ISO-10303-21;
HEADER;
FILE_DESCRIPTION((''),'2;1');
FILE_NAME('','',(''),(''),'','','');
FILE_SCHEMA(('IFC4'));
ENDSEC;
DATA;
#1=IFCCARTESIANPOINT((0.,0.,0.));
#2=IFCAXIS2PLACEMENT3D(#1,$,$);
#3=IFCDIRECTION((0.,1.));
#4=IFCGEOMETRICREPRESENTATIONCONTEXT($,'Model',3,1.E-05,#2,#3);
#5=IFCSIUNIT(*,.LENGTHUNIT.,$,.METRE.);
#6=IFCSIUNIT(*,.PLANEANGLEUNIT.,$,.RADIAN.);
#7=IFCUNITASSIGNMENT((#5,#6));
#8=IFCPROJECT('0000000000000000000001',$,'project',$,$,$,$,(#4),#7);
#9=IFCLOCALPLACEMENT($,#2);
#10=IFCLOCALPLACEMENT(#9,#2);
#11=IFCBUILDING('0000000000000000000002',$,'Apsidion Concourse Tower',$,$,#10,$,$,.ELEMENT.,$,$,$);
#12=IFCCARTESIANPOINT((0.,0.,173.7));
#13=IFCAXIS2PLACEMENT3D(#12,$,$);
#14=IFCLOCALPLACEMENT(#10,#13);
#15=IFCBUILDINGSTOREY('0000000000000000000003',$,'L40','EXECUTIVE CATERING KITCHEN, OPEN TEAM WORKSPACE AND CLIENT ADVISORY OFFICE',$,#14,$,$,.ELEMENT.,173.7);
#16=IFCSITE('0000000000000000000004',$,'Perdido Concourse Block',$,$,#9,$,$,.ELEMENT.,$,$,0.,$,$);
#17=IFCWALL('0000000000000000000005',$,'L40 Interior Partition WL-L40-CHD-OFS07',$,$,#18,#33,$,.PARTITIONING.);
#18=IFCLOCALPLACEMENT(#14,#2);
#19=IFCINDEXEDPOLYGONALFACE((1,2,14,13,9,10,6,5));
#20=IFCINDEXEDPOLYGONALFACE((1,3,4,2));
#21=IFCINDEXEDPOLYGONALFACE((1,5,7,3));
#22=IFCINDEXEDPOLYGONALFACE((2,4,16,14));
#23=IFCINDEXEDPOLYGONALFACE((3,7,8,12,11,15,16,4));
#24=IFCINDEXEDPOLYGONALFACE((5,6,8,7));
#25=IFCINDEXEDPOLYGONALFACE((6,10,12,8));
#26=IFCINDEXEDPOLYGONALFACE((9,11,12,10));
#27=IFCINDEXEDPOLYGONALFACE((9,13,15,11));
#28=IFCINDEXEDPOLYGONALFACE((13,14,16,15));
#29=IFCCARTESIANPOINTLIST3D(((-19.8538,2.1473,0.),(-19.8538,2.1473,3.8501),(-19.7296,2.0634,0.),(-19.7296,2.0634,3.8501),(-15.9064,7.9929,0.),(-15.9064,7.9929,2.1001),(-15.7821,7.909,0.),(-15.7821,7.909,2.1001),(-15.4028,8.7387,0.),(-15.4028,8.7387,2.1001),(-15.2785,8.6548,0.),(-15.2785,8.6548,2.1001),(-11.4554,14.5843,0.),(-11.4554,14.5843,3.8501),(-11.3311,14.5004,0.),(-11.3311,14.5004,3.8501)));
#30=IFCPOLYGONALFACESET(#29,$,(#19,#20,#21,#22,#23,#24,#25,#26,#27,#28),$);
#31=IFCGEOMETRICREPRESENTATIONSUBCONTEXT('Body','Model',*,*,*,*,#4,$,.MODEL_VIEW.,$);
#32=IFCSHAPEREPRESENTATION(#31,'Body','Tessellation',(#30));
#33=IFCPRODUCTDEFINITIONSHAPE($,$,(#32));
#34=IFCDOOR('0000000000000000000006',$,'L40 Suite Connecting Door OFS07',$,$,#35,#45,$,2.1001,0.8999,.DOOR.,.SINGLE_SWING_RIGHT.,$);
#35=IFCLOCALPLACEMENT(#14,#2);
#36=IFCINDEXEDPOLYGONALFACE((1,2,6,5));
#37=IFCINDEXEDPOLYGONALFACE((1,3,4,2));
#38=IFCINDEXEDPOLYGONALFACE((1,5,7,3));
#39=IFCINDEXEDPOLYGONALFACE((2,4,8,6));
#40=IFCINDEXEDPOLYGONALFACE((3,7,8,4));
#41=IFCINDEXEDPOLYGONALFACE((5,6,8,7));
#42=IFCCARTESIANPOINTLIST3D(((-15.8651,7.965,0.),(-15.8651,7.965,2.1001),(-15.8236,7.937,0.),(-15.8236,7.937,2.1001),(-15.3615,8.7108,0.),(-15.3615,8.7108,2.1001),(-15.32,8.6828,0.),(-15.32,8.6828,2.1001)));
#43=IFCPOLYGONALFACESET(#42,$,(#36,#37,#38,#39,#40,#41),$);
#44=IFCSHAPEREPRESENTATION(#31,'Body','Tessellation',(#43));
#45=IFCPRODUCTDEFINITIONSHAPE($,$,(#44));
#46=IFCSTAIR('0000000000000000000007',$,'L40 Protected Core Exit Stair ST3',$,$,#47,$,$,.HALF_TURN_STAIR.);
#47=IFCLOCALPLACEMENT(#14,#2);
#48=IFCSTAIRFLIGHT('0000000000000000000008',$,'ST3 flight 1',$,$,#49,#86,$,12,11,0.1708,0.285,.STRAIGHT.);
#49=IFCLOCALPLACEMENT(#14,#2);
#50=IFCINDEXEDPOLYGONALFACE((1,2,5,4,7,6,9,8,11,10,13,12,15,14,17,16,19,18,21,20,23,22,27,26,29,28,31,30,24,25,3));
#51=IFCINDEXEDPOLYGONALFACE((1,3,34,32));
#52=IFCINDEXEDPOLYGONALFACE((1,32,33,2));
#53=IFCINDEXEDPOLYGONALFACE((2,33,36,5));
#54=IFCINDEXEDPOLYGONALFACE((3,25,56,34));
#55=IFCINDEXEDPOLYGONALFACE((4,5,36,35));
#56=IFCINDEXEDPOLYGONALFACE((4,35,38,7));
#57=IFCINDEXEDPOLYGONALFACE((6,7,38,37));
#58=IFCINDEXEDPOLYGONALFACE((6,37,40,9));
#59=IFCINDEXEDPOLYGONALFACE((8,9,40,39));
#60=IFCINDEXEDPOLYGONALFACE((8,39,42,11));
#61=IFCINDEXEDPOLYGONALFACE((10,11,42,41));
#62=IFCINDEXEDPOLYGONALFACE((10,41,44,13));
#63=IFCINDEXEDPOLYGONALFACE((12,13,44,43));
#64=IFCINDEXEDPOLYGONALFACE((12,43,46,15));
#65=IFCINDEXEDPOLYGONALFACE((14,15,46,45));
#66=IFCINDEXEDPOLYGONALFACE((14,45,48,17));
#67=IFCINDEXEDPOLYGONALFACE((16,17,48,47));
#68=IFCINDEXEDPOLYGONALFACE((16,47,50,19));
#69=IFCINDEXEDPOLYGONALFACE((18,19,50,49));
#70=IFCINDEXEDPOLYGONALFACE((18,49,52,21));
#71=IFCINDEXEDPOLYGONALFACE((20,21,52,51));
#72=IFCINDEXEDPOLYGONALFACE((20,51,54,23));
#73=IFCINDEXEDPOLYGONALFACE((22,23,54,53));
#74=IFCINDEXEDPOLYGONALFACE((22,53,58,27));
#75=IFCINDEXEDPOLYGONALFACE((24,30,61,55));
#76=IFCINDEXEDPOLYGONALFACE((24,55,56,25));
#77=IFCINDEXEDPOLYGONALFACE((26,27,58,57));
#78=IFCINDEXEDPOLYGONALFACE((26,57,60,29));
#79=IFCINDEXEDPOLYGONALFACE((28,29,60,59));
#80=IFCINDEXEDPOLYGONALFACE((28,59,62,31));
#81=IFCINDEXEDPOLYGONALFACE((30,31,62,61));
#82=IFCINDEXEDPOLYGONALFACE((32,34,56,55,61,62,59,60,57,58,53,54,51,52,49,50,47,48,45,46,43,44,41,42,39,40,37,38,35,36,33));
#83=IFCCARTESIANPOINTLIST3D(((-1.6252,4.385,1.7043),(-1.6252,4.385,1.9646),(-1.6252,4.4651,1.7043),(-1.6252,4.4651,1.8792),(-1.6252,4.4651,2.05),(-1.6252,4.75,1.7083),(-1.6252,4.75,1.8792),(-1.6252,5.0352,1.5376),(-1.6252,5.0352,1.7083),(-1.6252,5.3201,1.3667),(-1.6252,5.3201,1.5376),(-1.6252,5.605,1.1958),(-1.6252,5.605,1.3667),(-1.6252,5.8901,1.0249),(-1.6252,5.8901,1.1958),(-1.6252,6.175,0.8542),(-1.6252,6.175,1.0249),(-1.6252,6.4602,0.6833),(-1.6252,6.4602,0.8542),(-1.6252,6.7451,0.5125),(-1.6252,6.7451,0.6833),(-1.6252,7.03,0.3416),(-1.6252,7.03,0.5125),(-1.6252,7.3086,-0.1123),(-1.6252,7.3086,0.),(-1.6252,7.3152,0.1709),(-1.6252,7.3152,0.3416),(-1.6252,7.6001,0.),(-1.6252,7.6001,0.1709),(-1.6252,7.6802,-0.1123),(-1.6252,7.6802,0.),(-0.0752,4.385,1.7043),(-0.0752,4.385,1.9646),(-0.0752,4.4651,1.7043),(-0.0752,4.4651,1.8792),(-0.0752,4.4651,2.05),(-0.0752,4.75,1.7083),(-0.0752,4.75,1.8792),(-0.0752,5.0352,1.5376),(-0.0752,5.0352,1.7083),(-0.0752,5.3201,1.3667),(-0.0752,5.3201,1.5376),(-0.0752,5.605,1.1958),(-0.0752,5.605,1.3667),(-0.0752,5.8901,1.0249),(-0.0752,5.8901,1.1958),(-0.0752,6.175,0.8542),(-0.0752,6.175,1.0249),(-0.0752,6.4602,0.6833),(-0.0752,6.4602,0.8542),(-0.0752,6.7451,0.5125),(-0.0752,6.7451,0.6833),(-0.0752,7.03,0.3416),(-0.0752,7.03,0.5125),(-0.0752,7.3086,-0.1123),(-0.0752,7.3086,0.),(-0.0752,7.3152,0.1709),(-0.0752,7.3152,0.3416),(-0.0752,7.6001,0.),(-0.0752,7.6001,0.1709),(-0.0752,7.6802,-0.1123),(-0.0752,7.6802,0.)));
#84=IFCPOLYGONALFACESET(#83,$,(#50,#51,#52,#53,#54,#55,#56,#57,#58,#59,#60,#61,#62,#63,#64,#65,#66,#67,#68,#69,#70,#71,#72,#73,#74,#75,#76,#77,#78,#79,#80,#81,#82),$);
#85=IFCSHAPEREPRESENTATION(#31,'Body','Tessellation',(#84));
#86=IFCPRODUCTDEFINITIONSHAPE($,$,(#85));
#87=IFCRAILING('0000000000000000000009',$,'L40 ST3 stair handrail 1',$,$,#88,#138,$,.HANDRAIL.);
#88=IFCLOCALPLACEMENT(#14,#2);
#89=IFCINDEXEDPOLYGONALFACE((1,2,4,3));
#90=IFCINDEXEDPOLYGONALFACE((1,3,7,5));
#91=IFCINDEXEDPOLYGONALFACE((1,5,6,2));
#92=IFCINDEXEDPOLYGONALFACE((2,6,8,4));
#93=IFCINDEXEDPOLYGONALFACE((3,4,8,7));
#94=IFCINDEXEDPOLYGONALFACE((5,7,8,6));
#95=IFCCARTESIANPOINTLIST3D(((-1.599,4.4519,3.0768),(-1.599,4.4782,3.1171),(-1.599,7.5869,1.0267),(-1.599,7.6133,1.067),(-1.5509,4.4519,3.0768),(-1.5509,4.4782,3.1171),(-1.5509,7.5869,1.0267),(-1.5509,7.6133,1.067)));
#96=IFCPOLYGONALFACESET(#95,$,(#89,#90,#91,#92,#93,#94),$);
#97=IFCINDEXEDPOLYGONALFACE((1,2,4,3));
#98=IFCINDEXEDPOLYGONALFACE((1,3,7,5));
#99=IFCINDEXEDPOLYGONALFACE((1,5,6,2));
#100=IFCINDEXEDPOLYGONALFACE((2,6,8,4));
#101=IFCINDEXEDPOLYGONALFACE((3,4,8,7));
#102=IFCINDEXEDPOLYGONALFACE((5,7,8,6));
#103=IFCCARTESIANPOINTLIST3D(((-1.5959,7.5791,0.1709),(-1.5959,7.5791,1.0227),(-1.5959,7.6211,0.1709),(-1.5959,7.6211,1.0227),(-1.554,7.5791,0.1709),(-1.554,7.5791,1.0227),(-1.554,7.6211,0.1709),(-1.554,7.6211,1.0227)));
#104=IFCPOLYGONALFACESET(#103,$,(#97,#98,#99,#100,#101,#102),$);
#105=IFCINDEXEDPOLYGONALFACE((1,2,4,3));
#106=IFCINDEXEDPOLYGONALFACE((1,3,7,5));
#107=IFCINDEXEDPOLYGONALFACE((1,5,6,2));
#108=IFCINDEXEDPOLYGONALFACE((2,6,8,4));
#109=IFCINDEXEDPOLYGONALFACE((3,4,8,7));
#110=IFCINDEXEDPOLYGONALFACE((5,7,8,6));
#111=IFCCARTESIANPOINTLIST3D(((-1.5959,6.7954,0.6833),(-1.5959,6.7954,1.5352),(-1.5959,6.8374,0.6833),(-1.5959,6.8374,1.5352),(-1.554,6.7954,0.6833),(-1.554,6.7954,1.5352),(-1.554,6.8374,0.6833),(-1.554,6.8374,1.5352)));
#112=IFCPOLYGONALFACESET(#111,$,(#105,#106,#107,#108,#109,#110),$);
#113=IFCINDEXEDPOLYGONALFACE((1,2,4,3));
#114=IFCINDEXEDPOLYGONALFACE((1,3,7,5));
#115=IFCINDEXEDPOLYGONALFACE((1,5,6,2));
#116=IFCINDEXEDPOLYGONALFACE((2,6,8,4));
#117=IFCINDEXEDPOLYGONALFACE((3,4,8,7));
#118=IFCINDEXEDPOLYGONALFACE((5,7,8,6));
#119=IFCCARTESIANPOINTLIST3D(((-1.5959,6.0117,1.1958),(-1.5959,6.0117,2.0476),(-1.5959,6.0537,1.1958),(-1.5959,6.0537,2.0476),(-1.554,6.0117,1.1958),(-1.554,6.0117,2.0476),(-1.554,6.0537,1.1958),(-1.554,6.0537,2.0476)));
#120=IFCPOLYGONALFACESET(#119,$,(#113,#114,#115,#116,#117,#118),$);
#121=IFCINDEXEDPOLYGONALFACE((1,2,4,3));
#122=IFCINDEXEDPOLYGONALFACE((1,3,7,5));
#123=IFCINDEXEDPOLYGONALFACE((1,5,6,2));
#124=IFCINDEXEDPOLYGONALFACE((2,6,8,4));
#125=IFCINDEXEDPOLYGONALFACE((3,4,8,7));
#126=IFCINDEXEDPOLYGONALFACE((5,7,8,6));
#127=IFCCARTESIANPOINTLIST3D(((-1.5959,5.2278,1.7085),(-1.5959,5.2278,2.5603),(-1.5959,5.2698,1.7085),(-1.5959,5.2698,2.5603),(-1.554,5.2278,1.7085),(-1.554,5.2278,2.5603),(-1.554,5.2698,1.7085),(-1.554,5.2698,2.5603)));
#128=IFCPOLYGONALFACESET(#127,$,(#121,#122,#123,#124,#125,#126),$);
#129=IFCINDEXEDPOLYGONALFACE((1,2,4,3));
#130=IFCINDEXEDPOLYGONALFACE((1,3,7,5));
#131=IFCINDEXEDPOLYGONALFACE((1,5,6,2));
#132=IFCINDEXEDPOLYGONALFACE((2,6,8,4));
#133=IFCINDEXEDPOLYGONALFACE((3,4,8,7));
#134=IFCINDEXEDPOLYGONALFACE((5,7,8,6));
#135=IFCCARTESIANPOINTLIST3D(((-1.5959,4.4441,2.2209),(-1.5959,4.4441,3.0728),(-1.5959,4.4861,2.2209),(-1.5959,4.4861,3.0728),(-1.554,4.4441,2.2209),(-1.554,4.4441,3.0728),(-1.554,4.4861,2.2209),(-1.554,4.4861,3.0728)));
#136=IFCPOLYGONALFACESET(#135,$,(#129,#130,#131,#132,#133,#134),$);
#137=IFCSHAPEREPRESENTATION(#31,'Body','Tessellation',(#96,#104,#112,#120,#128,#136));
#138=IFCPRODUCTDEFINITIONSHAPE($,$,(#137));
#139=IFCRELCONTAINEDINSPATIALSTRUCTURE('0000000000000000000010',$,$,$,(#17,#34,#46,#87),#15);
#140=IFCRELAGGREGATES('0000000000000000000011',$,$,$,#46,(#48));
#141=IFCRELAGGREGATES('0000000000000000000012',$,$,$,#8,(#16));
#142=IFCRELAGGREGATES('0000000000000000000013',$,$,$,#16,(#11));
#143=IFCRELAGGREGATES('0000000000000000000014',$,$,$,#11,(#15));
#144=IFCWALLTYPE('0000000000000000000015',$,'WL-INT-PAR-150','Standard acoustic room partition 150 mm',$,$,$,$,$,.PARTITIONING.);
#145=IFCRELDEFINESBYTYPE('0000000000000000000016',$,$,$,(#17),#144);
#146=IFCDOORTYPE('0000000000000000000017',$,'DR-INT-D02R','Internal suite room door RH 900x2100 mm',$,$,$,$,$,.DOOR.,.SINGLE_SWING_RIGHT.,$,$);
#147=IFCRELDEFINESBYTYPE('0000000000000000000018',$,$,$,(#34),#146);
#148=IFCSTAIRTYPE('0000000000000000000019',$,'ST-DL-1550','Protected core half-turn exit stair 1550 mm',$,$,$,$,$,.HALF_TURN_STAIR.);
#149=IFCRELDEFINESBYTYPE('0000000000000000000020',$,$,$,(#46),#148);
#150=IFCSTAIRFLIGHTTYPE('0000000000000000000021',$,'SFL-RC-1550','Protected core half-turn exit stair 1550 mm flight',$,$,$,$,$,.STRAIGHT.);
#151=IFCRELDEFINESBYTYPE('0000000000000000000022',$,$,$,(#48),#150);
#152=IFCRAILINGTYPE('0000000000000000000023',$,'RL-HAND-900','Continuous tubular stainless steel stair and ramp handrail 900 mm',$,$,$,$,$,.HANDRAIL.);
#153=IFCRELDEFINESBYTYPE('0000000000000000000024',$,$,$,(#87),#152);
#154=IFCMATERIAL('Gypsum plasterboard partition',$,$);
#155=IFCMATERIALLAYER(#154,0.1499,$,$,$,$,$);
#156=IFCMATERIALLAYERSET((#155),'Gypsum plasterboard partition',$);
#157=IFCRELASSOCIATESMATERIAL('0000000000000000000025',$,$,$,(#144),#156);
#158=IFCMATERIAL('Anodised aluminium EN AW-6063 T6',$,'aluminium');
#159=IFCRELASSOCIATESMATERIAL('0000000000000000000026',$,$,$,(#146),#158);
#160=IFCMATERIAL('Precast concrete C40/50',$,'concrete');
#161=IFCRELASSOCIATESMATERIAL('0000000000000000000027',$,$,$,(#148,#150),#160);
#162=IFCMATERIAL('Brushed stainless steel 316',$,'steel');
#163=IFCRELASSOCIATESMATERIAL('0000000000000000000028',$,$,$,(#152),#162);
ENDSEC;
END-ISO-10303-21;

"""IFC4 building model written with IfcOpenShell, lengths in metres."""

from ifc_helpers import new_model, si_unit, direction, frame, frame_2d, origin, origin_2d, place, context, subcontext, project, spatial, polyline, rectangle, outline, extrude, material, layer, layer_set, type_object, element, fill, aggregate, save


model = new_model("IFC4")

# Units and contexts
model_context = context("Model", 3, precision=1e-05, world=origin(), true_north=direction((0.0, 1.0)))
body_context = subcontext(model_context, "Body", "Model", "MODEL_VIEW")
ifc_project = project(units=[si_unit("LENGTHUNIT", "METRE"), si_unit("PLANEANGLEUNIT", "RADIAN")], contexts=[model_context])

# Site, building, storey
site_placement = place(None, origin())
site = spatial("IfcSite", under=ifc_project, at=site_placement, Name="Perdido Concourse Block", CompositionType="ELEMENT", RefElevation=0.0)
building_placement = place(site_placement, origin())
building = spatial("IfcBuilding", under=site, at=building_placement, Name="Apsidion Concourse Tower", CompositionType="ELEMENT")
storey_placement = place(building_placement, frame((0.0, 0.0, 173.7)))
storey = spatial("IfcBuildingStorey", under=building, at=storey_placement, Name="L40", Description="EXECUTIVE CATERING KITCHEN, OPEN TEAM WORKSPACE AND CLIENT ADVISORY OFFICE", CompositionType="ELEMENT", Elevation=173.7)

# Shared definitions
ifc_material_1 = material(Name="Gypsum plasterboard partition")
ifc_layer_1 = layer(ifc_material_1, 0.1499)
ifc_layer_set_1 = layer_set([ifc_layer_1], Name="Gypsum plasterboard partition")
wall_type_1 = type_object("IfcWallType", Name="WL-INT-PAR-150", Description="Standard acoustic room partition 150 mm", PredefinedType="PARTITIONING", material=ifc_layer_set_1)
ifc_material_2 = material(Name="Brushed stainless steel 316", Category="steel")

# Wall, opening, door
wall_1_placement = place(storey_placement, frame((-11.3933, 14.5422, 0.0), z_axis=(0.0, 0.0, 1.0), x_axis=(-0.559631, -0.828742, 0.0)))
wall_1 = element("IfcWall", 1, at=wall_1_placement, inside=storey, type_object=wall_type_1, Name="L40 Interior Partition WL-L40-CHD-OFS07", PredefinedType="PARTITIONING", context=body_context, shape_type="SweptSolid", body=[
    extrude(rectangle(XDim=15.0071, YDim=0.1499, at=frame_2d((7.5034, 0.0))), origin(), (0.0, 0.0, 1.0), 3.8501),
])
opening_1_placement = place(wall_1_placement, frame((7.0535, 0.0, 0.0)))
opening_1 = element("IfcOpeningElement", 2, at=opening_1_placement, cuts=wall_1, PredefinedType="OPENING", context=body_context, shape_type="SweptSolid", body=[
    extrude(rectangle(XDim=0.8999, YDim=2.1001, at=frame_2d((0.45, 1.05))), frame((0.0, 0.085, 0.0), z_axis=(0.0, -1.0, 0.0), x_axis=(1.0, 0.0, 0.0)), (0.0, 0.0, 1.0), 0.1699),
])
ifc_material_3 = material(Name="Anodised aluminium EN AW-6063 T6", Category="aluminium")
door_type_1 = type_object("IfcDoorType", Name="DR-INT-D02R", Description="Internal suite room door RH 900x2100 mm", OperationType="SINGLE_SWING_RIGHT", PredefinedType="DOOR", material=ifc_material_3)
door_1_placement = place(opening_1_placement, origin())
door_1 = element("IfcDoor", 3, at=door_1_placement, inside=storey, type_object=door_type_1, Name="L40 Suite Connecting Door OFS07", OperationType="SINGLE_SWING_RIGHT", OverallHeight=2.1001, OverallWidth=0.8999, PredefinedType="DOOR", context=body_context, shape_type="SweptSolid", body=[
    extrude(rectangle(XDim=0.8999, YDim=2.1001, at=frame_2d((0.45, 1.05))), frame((0.0, 0.0249, 0.0), z_axis=(0.0, -1.0, 0.0), x_axis=(1.0, 0.0, 0.0)), (0.0, 0.0, 1.0), 0.05),
])
fill(opening_1, door_1)

# Stair, stair flight
ifc_material_4 = material(Name="Precast concrete C40/50", Category="concrete")
stair_type = type_object("IfcStairType", Name="ST-DL-1550", Description="Protected core half-turn exit stair 1550 mm", PredefinedType="HALF_TURN_STAIR", material=ifc_material_4)
stair_placement = place(storey_placement, origin())
stair = element("IfcStair", 4, at=stair_placement, inside=storey, type_object=stair_type, Name="L40 Protected Core Exit Stair ST3", PredefinedType="HALF_TURN_STAIR")
stair_flight_type = type_object("IfcStairFlightType", Name="SFL-RC-1550", Description="Protected core half-turn exit stair 1550 mm flight", PredefinedType="STRAIGHT", material=ifc_material_4)
stair_flight_placement = place(storey_placement, frame((-0.8501, 7.6001, 0.0), z_axis=(0.0, 0.0, 1.0), x_axis=(0.0, -1.0, 0.0)))
stair_flight = element("IfcStairFlight", 5, at=stair_flight_placement, type_object=stair_flight_type, Name="ST3 flight 1", NumberOfRisers=12, NumberOfTreads=11, PredefinedType="STRAIGHT", RiserHeight=0.1708, TreadLength=0.285, context=body_context, shape_type="SweptSolid", body=[
    extrude(outline(polyline([(-0.0801, -0.1123), (-0.0801, 0.0), (0.0, 0.0), (0.0, 0.1709), (0.2849, 0.1709), (0.2849, 0.3416), (0.5701, 0.3416), (0.5701, 0.5125), (0.855, 0.5125), (0.855, 0.6833), (1.1399, 0.6833), (1.1399, 0.8542), (1.425, 0.8542), (1.425, 1.0249), (1.71, 1.0249), (1.71, 1.1958), (1.9951, 1.1958), (1.9951, 1.3667), (2.28, 1.3667), (2.28, 1.5376), (2.5649, 1.5376), (2.5649, 1.7083), (2.8501, 1.7083), (2.8501, 1.8792), (3.135, 1.8792), (3.135, 2.05), (3.2151, 1.9646), (3.2151, 1.7043), (3.135, 1.7043), (0.2915, 0.0), (0.2915, -0.1123), (-0.0801, -0.1123)])), frame((0.0, 0.7749, 0.0), z_axis=(0.0, -1.0, 0.0), x_axis=(1.0, 0.0, 0.0)), (0.0, 0.0, 1.0), 1.55),
])
aggregate(stair, [stair_flight])

# Railing
railing_type = type_object("IfcRailingType", Name="RL-HAND-900", Description="Continuous tubular stainless steel stair and ramp handrail 900 mm", PredefinedType="HANDRAIL", material=ifc_material_2)
railing_placement = place(storey_placement, frame((-1.575, 7.6001, 0.1709)))
element("IfcRailing", 6, at=railing_placement, inside=storey, type_object=railing_type, Name="L40 ST3 stair handrail 1", PredefinedType="HANDRAIL", context=body_context, shape_type="SweptSolid", body=[
    extrude(rectangle(XDim=0.0481, YDim=0.0481, at=origin_2d()), frame((0.0, 0.0, 0.876), z_axis=(0.0, -0.836941, 0.547293), x_axis=(1.0, 0.0, 0.0)), (0.0, 0.0, 1.0), 3.7458),
    extrude(rectangle(XDim=0.042, YDim=0.042, at=origin_2d()), origin(), (0.0, 0.0, 1.0), 0.8518),
    extrude(rectangle(XDim=0.042, YDim=0.042, at=origin_2d()), frame((0.0, -0.7837, 0.5125)), (0.0, 0.0, 1.0), 0.8518),
    extrude(rectangle(XDim=0.042, YDim=0.042, at=origin_2d()), frame((0.0, -1.5674, 1.0249)), (0.0, 0.0, 1.0), 0.8518),
    extrude(rectangle(XDim=0.042, YDim=0.042, at=origin_2d()), frame((0.0, -2.3513, 1.5376)), (0.0, 0.0, 1.0), 0.8518),
    extrude(rectangle(XDim=0.042, YDim=0.042, at=origin_2d()), frame((0.0, -3.135, 2.05)), (0.0, 0.0, 1.0), 0.8518),
])

save(model, "model.ifc")
